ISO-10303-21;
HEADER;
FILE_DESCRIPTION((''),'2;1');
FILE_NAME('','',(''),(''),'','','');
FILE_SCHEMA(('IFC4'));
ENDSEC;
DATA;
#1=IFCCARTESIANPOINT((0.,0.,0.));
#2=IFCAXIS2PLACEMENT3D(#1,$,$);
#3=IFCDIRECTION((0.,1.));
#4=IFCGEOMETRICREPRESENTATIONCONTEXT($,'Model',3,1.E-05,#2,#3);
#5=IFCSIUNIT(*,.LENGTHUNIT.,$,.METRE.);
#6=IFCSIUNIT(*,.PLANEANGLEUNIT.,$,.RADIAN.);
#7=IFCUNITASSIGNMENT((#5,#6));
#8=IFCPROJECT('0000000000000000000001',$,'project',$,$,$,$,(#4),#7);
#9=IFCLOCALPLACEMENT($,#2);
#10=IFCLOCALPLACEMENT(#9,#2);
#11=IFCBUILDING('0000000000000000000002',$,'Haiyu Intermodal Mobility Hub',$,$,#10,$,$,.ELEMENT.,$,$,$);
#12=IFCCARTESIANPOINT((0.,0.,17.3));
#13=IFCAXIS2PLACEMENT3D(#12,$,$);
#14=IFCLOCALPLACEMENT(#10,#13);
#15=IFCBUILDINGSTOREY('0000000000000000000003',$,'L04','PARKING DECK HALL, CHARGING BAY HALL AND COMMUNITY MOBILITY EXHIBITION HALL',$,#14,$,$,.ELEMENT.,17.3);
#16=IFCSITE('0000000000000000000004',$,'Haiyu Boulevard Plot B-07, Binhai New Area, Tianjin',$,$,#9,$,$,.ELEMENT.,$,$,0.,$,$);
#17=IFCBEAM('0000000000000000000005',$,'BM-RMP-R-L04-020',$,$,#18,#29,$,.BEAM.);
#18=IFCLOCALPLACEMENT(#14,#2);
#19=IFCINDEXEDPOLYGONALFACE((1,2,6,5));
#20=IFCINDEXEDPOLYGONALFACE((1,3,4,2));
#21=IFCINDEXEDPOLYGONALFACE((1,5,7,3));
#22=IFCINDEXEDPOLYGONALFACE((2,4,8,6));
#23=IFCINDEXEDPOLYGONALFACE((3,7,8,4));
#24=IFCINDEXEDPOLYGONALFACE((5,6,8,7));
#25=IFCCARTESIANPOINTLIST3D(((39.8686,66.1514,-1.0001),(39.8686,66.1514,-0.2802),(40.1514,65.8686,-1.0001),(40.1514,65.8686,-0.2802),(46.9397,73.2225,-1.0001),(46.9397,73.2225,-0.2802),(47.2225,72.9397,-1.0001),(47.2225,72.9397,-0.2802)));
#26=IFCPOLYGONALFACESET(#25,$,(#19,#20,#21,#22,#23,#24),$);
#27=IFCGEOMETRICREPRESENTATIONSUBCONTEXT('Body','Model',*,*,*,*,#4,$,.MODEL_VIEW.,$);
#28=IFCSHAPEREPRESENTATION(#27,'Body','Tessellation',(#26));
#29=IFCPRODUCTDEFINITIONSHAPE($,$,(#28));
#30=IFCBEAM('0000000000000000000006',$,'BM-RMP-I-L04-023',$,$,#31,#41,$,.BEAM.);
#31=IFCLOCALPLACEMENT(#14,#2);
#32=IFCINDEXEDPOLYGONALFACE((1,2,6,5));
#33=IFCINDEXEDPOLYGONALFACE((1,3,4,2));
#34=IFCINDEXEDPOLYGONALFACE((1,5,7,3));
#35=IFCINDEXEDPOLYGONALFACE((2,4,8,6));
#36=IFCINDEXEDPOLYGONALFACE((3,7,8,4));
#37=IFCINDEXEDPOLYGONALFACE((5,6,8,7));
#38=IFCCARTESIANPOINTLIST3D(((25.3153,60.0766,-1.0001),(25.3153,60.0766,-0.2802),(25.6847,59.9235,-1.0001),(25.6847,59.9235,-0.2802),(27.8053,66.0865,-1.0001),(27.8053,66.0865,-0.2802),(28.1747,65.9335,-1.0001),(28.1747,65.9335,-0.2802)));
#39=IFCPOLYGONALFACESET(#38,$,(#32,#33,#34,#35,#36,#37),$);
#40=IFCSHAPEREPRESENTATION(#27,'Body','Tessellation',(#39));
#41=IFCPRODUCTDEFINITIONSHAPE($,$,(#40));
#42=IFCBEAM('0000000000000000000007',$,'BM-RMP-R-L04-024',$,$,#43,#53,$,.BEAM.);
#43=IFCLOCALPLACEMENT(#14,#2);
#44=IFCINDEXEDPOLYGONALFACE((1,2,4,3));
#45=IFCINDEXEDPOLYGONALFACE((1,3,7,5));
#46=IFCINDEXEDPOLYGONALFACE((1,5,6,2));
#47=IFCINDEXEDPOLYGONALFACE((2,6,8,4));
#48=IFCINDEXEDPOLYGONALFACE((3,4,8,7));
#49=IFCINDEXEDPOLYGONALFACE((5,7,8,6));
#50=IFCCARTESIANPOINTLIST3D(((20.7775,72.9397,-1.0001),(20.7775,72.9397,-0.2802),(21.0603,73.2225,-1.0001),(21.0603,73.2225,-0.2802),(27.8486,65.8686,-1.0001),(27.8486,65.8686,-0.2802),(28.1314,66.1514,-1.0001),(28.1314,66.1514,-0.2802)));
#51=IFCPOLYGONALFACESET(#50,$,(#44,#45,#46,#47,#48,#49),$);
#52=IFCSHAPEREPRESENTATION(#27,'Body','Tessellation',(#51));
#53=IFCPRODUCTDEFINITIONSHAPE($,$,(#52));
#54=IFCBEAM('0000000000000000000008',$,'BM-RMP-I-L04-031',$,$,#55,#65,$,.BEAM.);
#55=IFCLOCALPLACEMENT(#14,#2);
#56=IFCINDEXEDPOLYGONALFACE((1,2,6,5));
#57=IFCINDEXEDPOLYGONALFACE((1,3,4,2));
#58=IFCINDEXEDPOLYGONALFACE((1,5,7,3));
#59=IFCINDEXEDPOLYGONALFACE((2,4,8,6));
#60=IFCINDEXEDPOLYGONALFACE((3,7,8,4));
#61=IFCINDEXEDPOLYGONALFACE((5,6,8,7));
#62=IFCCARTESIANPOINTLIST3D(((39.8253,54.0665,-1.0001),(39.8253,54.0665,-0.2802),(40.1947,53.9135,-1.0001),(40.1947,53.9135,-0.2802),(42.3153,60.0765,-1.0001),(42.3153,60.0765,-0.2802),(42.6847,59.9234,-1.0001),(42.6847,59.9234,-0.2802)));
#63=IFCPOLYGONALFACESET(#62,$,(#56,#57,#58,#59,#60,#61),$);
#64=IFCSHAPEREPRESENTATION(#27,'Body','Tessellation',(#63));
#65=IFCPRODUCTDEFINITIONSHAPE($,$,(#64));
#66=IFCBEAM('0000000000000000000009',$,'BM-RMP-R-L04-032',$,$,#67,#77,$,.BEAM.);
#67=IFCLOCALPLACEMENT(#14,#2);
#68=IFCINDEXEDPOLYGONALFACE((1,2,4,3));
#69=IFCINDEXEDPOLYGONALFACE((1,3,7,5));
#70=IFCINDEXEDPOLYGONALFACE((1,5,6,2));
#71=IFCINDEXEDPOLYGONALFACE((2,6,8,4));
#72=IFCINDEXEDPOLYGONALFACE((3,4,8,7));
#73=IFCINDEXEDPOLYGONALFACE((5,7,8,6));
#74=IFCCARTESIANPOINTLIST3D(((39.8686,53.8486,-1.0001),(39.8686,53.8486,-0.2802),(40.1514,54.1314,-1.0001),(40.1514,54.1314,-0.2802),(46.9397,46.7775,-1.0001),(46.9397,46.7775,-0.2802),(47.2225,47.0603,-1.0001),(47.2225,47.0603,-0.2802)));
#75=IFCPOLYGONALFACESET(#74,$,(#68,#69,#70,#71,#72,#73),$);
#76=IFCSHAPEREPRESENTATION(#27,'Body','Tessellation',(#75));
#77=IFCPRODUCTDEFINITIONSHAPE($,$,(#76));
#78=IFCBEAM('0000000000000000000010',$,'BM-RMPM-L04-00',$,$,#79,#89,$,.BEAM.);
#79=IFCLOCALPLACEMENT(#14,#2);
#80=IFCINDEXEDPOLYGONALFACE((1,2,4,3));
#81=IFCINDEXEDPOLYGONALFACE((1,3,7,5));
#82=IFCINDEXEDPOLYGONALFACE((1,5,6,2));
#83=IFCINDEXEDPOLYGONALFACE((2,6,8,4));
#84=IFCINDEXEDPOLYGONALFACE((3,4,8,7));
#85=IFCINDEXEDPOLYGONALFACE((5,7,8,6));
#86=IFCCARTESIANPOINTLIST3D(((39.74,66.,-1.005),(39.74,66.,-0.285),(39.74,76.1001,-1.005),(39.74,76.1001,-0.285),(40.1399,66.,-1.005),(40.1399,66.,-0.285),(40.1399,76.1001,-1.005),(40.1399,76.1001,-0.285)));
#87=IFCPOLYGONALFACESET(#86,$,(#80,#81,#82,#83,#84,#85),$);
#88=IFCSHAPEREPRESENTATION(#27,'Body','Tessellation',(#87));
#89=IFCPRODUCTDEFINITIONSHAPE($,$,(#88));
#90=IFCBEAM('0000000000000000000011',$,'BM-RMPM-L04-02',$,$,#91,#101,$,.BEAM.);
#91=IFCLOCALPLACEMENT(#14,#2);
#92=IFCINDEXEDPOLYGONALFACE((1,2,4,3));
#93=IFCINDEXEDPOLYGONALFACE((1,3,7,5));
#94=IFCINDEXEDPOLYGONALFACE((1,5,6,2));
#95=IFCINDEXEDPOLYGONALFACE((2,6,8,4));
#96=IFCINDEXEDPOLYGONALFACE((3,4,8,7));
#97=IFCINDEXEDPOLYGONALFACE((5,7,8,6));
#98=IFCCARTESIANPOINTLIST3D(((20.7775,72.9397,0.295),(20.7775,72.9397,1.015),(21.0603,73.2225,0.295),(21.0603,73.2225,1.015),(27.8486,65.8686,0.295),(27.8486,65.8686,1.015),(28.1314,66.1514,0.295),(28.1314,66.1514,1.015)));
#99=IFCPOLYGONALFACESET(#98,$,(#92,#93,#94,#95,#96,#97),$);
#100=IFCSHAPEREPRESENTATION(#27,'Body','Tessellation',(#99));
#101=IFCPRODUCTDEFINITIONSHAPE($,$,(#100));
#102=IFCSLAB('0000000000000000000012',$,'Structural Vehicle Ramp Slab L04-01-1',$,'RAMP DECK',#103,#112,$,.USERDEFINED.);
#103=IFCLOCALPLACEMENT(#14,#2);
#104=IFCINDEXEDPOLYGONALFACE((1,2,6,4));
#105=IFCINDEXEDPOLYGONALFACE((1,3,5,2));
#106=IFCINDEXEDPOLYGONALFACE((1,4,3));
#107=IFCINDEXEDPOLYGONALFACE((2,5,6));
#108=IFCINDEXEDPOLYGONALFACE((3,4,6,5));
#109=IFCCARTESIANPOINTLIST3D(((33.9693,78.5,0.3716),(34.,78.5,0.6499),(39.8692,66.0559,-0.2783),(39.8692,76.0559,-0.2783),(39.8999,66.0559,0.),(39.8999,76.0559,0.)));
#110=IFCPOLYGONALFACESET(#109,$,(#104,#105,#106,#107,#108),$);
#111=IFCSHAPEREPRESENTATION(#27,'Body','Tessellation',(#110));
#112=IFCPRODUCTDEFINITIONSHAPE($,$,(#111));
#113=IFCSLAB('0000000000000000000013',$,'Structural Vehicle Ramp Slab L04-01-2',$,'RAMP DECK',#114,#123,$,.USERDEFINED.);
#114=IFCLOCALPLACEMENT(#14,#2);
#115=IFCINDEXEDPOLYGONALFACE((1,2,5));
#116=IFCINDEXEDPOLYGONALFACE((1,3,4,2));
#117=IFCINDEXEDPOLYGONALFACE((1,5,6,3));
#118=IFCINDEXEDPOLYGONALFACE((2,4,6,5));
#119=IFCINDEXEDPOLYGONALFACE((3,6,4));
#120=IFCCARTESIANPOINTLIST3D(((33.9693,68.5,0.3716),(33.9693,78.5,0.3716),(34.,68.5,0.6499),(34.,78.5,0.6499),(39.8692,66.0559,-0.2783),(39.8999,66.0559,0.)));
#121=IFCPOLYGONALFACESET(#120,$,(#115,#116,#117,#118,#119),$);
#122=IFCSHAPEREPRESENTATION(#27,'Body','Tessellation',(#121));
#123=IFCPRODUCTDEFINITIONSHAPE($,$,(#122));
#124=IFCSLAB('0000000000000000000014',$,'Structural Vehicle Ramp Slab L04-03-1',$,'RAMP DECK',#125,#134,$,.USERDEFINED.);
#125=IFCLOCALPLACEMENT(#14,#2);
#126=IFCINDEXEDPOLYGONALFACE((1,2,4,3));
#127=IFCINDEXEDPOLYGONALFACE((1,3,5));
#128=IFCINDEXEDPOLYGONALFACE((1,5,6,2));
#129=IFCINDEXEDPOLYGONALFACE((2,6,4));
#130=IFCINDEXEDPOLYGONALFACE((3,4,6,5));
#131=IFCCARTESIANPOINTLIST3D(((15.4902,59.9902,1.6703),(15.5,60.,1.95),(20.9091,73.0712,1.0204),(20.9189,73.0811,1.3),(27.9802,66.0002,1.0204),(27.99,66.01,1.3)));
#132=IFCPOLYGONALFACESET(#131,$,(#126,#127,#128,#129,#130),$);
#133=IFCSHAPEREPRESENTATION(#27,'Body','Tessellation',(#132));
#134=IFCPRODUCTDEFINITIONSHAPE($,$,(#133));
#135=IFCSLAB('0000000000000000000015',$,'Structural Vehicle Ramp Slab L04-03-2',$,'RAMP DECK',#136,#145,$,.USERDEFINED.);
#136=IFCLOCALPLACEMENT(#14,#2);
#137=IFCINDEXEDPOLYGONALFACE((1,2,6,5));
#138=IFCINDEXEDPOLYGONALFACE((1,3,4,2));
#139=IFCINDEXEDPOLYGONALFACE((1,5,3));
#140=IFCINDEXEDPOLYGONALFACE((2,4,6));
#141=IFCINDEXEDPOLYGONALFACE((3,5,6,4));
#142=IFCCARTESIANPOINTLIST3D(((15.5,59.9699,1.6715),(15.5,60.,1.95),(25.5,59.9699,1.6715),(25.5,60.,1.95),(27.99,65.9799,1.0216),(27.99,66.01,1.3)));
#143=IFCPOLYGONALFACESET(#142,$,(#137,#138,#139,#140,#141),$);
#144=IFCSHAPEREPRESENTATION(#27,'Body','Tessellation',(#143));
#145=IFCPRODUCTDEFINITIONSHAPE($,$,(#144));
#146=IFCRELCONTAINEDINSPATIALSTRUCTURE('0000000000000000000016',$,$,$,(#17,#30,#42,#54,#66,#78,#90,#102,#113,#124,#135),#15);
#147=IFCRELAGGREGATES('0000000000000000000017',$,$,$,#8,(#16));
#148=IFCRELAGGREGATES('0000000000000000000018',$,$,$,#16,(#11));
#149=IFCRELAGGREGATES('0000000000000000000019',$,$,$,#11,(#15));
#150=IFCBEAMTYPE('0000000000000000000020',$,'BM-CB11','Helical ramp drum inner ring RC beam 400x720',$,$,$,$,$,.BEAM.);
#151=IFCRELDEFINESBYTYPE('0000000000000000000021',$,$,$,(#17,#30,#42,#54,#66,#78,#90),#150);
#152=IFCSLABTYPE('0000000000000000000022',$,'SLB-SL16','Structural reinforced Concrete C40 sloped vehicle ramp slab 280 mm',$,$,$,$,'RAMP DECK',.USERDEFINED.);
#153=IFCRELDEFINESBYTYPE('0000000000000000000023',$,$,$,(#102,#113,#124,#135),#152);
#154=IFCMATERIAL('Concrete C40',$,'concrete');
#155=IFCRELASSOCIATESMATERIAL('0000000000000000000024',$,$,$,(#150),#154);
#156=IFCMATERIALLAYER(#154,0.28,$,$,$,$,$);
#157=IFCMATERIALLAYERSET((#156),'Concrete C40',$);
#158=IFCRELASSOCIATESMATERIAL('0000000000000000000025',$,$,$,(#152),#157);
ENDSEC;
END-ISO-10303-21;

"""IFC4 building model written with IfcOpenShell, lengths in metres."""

from ifc_helpers import new_model, si_unit, direction, frame, origin, origin_2d, place, context, subcontext, project, spatial, polyline, rectangle, outline, extrude, material, layer, layer_set, material_profile, profile_set, type_object, element, save


model = new_model("IFC4")

# Units and contexts
model_context = context("Model", 3, precision=1e-05, world=origin(), true_north=direction((0.0, 1.0)))
body_context = subcontext(model_context, "Body", "Model", "MODEL_VIEW")
ifc_project = project(units=[si_unit("LENGTHUNIT", "METRE"), si_unit("PLANEANGLEUNIT", "RADIAN")], contexts=[model_context])

# Site, building, storey
site_placement = place(None, origin())
site = spatial("IfcSite", under=ifc_project, at=site_placement, Name="Haiyu Boulevard Plot B-07, Binhai New Area, Tianjin", CompositionType="ELEMENT", RefElevation=0.0)
building_placement = place(site_placement, origin())
building = spatial("IfcBuilding", under=site, at=building_placement, Name="Haiyu Intermodal Mobility Hub", CompositionType="ELEMENT")
storey_placement = place(building_placement, frame((0.0, 0.0, 17.3)))
storey = spatial("IfcBuildingStorey", under=building, at=storey_placement, Name="L04", Description="PARKING DECK HALL, CHARGING BAY HALL AND COMMUNITY MOBILITY EXHIBITION HALL", CompositionType="ELEMENT", Elevation=17.3)

# Shared definitions
ifc_material_1 = material(Name="Concrete C40", Category="concrete")

# Beams
ifc_material_profile_1 = material_profile(ifc_material_1, rectangle(XDim=0.3999, YDim=0.72, at=origin_2d()), Name="RCB400x720")
ifc_profile_set_1 = profile_set([ifc_material_profile_1], Name="Concrete C40")
beam_type_1 = type_object("IfcBeamType", Name="BM-CB11", Description="Helical ramp drum inner ring RC beam 400x720", PredefinedType="BEAM", material=ifc_profile_set_1)
beam_1_placement = place(storey_placement, frame((40.01, 66.01, -0.6401), z_axis=(0.707107, 0.707107, 0.0), x_axis=(-0.707107, 0.707107, 0.0)))
element("IfcBeam", 1, at=beam_1_placement, inside=storey, type_object=beam_type_1, Name="BM-RMP-R-L04-020", PredefinedType="BEAM", context=body_context, shape_type="SweptSolid", body=[
    extrude(rectangle(XDim=0.3999, YDim=0.72, at=origin_2d()), origin(), (0.0, 0.0, 1.0), 10.0),
])
beam_2_placement = place(storey_placement, frame((27.99, 66.01, -0.6401), z_axis=(-0.382757, -0.923849, 0.0), x_axis=(0.923849, -0.382757, 0.0)))
element("IfcBeam", 2, at=beam_2_placement, inside=storey, type_object=beam_type_1, Name="BM-RMP-I-L04-023", PredefinedType="BEAM", context=body_context, shape_type="SweptSolid", body=[
    extrude(rectangle(XDim=0.3999, YDim=0.72, at=origin_2d()), origin(), (0.0, 0.0, 1.0), 6.5054),
])
beam_3_placement = place(storey_placement, frame((27.99, 66.01, -0.6401), z_axis=(-0.707107, 0.707107, 0.0), x_axis=(-0.707107, -0.707107, 0.0)))
element("IfcBeam", 3, at=beam_3_placement, inside=storey, type_object=beam_type_1, Name="BM-RMP-R-L04-024", PredefinedType="BEAM", context=body_context, shape_type="SweptSolid", body=[
    extrude(rectangle(XDim=0.3999, YDim=0.72, at=origin_2d()), origin(), (0.0, 0.0, 1.0), 10.0),
])
beam_4_placement = place(storey_placement, frame((40.01, 53.99, -0.6401), z_axis=(0.382757, 0.923849, 0.0), x_axis=(-0.923849, 0.382757, 0.0)))
element("IfcBeam", 4, at=beam_4_placement, inside=storey, type_object=beam_type_1, Name="BM-RMP-I-L04-031", PredefinedType="BEAM", context=body_context, shape_type="SweptSolid", body=[
    extrude(rectangle(XDim=0.3999, YDim=0.72, at=origin_2d()), origin(), (0.0, 0.0, 1.0), 6.5054),
])
beam_5_placement = place(storey_placement, frame((40.01, 53.99, -0.6401), z_axis=(0.707107, -0.707107, 0.0), x_axis=(0.707107, 0.707107, 0.0)))
element("IfcBeam", 5, at=beam_5_placement, inside=storey, type_object=beam_type_1, Name="BM-RMP-R-L04-032", PredefinedType="BEAM", context=body_context, shape_type="SweptSolid", body=[
    extrude(rectangle(XDim=0.3999, YDim=0.72, at=origin_2d()), origin(), (0.0, 0.0, 1.0), 10.0),
])
beam_6_placement = place(storey_placement, frame((39.9399, 66.0, -0.645), z_axis=(0.0, 1.0, 0.0), x_axis=(-1.0, 0.0, 0.0)))
element("IfcBeam", 6, at=beam_6_placement, inside=storey, type_object=beam_type_1, Name="BM-RMPM-L04-00", PredefinedType="BEAM", context=body_context, shape_type="SweptSolid", body=[
    extrude(rectangle(XDim=0.3999, YDim=0.72, at=origin_2d()), origin(), (0.0, 0.0, 1.0), 10.1001),
])
beam_7_placement = place(storey_placement, frame((27.99, 66.01, 0.655), z_axis=(-0.707107, 0.707107, 0.0), x_axis=(-0.707107, -0.707107, 0.0)))
element("IfcBeam", 7, at=beam_7_placement, inside=storey, type_object=beam_type_1, Name="BM-RMPM-L04-02", PredefinedType="BEAM", context=body_context, shape_type="SweptSolid", body=[
    extrude(rectangle(XDim=0.3999, YDim=0.72, at=origin_2d()), origin(), (0.0, 0.0, 1.0), 10.0),
])

# Slabs
ifc_layer = layer(ifc_material_1, 0.28)
ifc_layer_set = layer_set([ifc_layer], Name="Concrete C40")
slab_type = type_object("IfcSlabType", Name="SLB-SL16", Description="Structural reinforced Concrete C40 sloped vehicle ramp slab 280 mm", ElementType="RAMP DECK", PredefinedType="USERDEFINED", material=ifc_layer_set)
slab_1_placement = place(storey_placement, frame((39.8999, 66.0559, 0.0), z_axis=(0.109492, 0.0, 0.993988), x_axis=(0.0, 1.0, 0.0)))
element("IfcSlab", 8, at=slab_1_placement, inside=storey, type_object=slab_type, Name="Structural Vehicle Ramp Slab L04-01-1", ObjectType="RAMP DECK", PredefinedType="USERDEFINED", context=body_context, shape_type="SweptSolid", body=[
    extrude(outline(polyline([(0.0, 0.0), (10.0, 0.0), (12.4441, 5.9356), (0.0, 0.0)])), origin(), (0.0, 0.0, -1.0), 0.28),
])
slab_2_placement = place(storey_placement, frame((39.8999, 66.0559, 0.0), z_axis=(0.109492, 0.0, 0.993988), x_axis=(-0.427926, 0.902584, 0.047138)))
element("IfcSlab", 9, at=slab_2_placement, inside=storey, type_object=slab_type, Name="Structural Vehicle Ramp Slab L04-01-2", ObjectType="RAMP DECK", PredefinedType="USERDEFINED", context=body_context, shape_type="SweptSolid", body=[
    extrude(outline(polyline([(0.0, 0.0), (13.7872, 0.0), (4.7614, 4.3051), (0.0, 0.0)])), origin(), (0.0, 0.0, -1.0), 0.28),
])
slab_3_placement = place(storey_placement, frame((27.99, 66.01, 1.3), z_axis=(0.035087, 0.035087, 0.998768), x_axis=(-0.707107, 0.707107, 0.0)))
element("IfcSlab", 10, at=slab_3_placement, inside=storey, type_object=slab_type, Name="Structural Vehicle Ramp Slab L04-03-1", ObjectType="RAMP DECK", PredefinedType="USERDEFINED", context=body_context, shape_type="SweptSolid", body=[
    extrude(outline(polyline([(0.0, 0.0), (10.0, 0.0), (4.582, 13.0976), (0.0, 0.0)])), origin(), (0.0, 0.0, -1.0), 0.28),
])
slab_4_placement = place(storey_placement, frame((27.99, 66.01, 1.3), z_axis=(0.0, 0.10751, 0.994204), x_axis=(-0.900117, -0.433124, 0.046837)))
element("IfcSlab", 11, at=slab_4_placement, inside=storey, type_object=slab_type, Name="Structural Vehicle Ramp Slab L04-03-2", ObjectType="RAMP DECK", PredefinedType="USERDEFINED", context=body_context, shape_type="SweptSolid", body=[
    extrude(outline(polyline([(0.0, 0.0), (13.876, 0.0), (4.8748, 4.3565), (0.0, 0.0)])), origin(), (0.0, 0.0, -1.0), 0.28),
])

save(model, "model.ifc")
